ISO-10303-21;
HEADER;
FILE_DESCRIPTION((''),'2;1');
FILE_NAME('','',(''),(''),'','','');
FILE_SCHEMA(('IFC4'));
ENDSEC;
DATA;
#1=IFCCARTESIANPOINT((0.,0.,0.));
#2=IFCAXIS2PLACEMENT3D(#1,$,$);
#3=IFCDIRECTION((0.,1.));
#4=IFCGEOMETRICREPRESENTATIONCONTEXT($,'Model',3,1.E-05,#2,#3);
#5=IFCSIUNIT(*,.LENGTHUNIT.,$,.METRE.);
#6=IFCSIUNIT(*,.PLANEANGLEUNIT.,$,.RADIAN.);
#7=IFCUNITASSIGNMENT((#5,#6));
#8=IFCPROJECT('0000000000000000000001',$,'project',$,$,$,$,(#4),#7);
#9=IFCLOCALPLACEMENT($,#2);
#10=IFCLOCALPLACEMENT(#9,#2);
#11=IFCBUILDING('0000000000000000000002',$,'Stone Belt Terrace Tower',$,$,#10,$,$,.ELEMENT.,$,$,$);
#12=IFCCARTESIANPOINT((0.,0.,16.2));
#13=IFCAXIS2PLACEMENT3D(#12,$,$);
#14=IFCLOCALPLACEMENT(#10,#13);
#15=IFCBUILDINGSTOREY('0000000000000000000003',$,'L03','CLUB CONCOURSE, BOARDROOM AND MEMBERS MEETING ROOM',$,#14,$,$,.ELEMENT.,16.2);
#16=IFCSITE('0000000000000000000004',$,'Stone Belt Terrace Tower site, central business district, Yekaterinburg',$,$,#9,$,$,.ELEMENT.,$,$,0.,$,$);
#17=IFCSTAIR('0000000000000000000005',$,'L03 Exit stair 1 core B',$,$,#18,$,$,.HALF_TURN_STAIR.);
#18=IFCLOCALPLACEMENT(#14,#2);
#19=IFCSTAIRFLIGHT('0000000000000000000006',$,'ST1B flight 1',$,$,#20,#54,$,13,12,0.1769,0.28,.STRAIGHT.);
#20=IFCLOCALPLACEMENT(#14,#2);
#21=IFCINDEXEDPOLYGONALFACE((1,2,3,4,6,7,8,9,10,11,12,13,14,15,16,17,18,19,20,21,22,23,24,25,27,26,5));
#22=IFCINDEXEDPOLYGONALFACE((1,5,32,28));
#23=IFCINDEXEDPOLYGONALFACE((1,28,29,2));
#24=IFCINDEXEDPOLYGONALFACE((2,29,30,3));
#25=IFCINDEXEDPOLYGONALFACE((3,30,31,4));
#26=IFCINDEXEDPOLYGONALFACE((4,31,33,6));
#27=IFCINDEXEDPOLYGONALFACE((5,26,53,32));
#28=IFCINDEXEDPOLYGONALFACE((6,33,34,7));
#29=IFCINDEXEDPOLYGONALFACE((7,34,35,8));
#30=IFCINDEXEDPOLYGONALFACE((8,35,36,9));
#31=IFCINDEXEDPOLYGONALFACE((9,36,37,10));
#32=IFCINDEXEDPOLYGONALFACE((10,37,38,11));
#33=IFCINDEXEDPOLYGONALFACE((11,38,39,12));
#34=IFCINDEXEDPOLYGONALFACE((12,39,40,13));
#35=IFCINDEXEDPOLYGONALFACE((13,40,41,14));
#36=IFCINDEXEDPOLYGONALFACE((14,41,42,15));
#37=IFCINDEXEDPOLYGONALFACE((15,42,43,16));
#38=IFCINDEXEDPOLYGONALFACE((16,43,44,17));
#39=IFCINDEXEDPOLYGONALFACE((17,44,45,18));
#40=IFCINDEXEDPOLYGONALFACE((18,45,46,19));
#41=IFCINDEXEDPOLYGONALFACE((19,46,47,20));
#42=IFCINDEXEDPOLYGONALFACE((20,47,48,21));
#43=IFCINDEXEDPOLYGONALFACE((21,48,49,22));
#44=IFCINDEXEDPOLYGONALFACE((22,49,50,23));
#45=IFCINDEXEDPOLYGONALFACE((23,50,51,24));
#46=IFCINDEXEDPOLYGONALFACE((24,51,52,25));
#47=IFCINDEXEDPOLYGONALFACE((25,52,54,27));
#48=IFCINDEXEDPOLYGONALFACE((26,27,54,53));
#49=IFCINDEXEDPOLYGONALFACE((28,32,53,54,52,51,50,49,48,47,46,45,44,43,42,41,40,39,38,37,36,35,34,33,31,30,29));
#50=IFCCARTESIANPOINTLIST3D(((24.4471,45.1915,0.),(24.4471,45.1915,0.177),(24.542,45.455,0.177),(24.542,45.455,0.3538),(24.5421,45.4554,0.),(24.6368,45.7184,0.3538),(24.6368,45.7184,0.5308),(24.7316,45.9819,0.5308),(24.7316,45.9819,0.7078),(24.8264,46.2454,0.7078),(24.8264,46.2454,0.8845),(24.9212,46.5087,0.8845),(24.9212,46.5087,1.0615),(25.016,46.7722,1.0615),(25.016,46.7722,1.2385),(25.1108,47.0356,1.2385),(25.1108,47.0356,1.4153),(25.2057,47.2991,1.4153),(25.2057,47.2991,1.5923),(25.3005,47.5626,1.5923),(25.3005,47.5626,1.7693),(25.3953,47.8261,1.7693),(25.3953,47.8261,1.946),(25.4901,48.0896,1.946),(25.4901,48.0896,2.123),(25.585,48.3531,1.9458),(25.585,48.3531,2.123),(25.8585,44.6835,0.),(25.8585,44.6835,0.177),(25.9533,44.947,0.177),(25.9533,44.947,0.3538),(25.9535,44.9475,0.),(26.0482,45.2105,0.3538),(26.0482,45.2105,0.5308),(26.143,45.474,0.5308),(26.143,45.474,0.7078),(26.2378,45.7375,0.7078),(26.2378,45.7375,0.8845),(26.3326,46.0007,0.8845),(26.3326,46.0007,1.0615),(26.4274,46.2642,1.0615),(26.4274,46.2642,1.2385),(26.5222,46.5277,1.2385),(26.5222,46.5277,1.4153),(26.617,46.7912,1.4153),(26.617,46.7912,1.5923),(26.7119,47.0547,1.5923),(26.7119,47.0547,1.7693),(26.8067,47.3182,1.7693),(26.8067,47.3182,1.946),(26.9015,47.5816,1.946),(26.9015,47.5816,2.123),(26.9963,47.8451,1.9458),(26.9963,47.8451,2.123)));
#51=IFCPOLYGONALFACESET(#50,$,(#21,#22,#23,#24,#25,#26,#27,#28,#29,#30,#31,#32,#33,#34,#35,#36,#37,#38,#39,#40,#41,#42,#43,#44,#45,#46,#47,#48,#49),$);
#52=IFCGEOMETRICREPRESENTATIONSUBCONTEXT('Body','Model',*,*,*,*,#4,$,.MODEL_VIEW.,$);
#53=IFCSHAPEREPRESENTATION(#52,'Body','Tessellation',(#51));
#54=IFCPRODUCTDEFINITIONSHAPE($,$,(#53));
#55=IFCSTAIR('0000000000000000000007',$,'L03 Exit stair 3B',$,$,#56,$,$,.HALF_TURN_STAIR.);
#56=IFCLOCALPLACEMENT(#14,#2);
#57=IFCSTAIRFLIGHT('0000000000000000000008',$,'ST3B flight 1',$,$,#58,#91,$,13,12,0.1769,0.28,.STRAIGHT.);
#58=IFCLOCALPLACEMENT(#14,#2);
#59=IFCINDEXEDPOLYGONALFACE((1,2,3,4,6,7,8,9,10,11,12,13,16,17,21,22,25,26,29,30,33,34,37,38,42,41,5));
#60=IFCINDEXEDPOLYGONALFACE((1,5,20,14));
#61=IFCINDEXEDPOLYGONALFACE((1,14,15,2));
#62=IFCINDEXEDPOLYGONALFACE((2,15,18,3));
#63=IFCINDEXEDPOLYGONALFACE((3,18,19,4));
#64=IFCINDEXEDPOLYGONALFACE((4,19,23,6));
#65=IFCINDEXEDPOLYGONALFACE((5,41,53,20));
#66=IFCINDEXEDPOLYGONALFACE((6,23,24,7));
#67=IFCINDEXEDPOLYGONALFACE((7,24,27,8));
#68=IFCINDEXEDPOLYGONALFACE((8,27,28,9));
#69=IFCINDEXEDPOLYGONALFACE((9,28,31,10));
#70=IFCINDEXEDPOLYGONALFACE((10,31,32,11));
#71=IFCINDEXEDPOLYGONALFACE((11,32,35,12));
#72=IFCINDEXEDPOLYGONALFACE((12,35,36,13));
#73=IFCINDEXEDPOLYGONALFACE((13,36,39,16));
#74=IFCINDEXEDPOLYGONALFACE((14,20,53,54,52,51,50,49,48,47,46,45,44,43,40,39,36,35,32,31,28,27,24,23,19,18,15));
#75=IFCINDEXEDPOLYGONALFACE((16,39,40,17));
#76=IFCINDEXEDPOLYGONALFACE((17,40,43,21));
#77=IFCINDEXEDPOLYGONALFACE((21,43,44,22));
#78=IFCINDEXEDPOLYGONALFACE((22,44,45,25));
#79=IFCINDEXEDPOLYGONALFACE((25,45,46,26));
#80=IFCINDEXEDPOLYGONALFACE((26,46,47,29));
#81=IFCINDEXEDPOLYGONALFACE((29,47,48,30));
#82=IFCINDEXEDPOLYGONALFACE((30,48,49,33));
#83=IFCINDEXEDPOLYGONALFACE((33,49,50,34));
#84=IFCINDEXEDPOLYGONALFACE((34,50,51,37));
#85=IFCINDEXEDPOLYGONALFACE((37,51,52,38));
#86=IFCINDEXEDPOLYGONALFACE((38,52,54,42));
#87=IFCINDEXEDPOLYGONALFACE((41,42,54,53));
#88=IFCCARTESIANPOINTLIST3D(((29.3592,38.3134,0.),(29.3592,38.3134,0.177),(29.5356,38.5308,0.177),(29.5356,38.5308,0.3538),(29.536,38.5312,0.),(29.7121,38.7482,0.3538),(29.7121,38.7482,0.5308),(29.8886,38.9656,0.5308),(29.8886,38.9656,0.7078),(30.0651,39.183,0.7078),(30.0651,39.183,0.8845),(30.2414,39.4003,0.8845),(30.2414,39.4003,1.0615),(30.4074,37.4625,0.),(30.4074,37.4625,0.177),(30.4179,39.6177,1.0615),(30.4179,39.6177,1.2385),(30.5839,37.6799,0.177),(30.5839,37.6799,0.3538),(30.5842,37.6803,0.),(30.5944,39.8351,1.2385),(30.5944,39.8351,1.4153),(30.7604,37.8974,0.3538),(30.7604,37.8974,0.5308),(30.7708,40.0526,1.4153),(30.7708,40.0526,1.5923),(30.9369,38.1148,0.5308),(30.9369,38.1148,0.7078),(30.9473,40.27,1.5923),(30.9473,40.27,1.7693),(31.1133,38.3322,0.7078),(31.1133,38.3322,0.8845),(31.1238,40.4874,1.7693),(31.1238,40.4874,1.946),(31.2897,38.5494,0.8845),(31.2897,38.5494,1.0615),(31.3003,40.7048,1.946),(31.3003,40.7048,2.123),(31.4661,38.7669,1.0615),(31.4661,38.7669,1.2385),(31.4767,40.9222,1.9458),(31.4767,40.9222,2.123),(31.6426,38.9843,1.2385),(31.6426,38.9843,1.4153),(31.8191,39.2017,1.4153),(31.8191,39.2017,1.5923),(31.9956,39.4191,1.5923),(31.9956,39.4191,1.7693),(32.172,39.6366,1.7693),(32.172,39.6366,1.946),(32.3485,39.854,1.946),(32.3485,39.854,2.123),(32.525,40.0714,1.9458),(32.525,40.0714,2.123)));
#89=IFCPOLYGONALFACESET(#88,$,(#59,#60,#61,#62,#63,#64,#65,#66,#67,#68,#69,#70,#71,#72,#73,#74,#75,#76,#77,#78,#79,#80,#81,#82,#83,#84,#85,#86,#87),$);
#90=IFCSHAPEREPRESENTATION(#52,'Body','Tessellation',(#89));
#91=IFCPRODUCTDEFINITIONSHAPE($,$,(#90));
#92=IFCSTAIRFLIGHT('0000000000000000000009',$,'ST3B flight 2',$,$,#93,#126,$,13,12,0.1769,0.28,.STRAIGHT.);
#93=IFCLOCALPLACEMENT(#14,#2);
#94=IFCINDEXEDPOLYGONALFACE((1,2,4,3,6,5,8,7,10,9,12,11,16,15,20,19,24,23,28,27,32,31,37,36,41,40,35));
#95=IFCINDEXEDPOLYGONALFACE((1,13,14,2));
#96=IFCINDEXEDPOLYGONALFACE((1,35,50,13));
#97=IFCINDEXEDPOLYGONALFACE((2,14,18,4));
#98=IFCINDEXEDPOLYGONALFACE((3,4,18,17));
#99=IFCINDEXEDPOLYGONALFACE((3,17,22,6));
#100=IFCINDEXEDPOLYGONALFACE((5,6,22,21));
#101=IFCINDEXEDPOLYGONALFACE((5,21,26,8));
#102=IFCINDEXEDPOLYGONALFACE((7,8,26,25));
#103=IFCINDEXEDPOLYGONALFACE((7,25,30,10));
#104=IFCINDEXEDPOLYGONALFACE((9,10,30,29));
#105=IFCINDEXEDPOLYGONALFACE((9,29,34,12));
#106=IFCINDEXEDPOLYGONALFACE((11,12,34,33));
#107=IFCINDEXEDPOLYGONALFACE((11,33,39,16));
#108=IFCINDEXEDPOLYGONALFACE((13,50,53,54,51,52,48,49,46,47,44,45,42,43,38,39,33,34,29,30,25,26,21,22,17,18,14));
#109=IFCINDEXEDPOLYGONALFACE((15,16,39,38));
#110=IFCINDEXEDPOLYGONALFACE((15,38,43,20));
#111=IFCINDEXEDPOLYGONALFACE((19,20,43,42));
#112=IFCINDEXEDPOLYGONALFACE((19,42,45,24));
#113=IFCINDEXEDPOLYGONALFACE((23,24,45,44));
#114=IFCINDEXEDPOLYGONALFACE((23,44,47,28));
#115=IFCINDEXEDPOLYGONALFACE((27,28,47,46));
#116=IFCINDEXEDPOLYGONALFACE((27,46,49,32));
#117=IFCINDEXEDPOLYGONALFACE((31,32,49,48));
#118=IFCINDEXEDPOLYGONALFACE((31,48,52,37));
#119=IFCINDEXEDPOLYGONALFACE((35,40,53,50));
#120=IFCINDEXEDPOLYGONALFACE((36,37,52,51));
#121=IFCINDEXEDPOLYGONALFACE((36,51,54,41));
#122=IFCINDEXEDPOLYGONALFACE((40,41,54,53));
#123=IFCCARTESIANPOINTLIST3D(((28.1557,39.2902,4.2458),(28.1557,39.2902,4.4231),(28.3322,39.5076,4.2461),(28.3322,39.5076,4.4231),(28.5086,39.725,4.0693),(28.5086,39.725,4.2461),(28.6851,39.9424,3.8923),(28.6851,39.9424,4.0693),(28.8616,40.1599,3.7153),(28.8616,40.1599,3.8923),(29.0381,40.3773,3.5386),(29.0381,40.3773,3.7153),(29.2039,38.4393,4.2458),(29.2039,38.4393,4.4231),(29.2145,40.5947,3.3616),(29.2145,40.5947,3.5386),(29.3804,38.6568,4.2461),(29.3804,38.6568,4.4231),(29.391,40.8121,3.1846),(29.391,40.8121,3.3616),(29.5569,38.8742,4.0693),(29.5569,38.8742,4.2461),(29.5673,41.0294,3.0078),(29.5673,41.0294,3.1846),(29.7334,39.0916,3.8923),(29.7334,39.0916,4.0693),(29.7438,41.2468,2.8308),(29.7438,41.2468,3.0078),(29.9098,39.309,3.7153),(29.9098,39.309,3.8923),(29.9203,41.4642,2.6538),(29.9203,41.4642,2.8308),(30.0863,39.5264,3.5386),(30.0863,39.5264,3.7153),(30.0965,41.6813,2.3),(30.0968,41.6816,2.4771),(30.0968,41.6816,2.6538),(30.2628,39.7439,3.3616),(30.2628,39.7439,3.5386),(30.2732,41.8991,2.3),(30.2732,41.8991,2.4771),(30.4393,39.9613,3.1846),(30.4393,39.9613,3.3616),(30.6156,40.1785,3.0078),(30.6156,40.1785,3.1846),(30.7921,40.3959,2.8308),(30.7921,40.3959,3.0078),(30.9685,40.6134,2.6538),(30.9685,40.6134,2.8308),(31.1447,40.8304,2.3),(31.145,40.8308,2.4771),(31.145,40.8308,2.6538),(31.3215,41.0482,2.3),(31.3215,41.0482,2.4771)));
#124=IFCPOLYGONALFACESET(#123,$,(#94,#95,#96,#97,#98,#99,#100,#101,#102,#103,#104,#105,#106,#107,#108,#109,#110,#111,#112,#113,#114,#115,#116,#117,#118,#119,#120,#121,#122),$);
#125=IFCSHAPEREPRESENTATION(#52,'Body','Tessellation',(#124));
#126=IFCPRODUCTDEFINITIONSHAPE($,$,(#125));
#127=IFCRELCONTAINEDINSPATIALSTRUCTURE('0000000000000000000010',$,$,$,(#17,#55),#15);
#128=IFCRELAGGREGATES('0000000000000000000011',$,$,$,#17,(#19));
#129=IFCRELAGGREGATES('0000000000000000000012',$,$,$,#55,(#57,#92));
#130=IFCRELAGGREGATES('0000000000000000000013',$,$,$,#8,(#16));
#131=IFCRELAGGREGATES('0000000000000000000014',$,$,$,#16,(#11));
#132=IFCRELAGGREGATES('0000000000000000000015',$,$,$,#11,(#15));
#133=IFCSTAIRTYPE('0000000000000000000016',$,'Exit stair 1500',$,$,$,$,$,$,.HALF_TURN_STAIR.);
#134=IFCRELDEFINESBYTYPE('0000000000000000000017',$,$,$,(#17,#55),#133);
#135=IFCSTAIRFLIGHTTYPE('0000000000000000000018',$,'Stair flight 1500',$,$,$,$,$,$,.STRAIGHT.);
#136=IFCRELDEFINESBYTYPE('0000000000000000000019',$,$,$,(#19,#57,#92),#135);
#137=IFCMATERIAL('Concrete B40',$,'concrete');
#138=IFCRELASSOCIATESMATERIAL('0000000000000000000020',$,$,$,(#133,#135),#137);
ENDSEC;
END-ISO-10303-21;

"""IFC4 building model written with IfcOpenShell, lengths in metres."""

from ifc_helpers import new_model, si_unit, direction, frame, origin, place, context, subcontext, project, spatial, polyline, outline, extrude, material, type_object, element, aggregate, save


model = new_model("IFC4")

# Units and contexts
model_context = context("Model", 3, precision=1e-05, world=origin(), true_north=direction((0.0, 1.0)))
body_context = subcontext(model_context, "Body", "Model", "MODEL_VIEW")
ifc_project = project(units=[si_unit("LENGTHUNIT", "METRE"), si_unit("PLANEANGLEUNIT", "RADIAN")], contexts=[model_context])

# Site, building, storey
site_placement = place(None, origin())
site = spatial("IfcSite", under=ifc_project, at=site_placement, Name="Stone Belt Terrace Tower site, central business district, Yekaterinburg", CompositionType="ELEMENT", RefElevation=0.0)
building_placement = place(site_placement, origin())
building = spatial("IfcBuilding", under=site, at=building_placement, Name="Stone Belt Terrace Tower", CompositionType="ELEMENT")
storey_placement = place(building_placement, frame((0.0, 0.0, 16.2)))
storey = spatial("IfcBuildingStorey", under=building, at=storey_placement, Name="L03", Description="CLUB CONCOURSE, BOARDROOM AND MEMBERS MEETING ROOM", CompositionType="ELEMENT", Elevation=16.2)

# Stair, stair flight
ifc_material_1 = material(Name="Concrete B40", Category="concrete")
stair_type = type_object("IfcStairType", Name="Exit stair 1500", PredefinedType="HALF_TURN_STAIR", material=ifc_material_1)
stair_1_placement = place(storey_placement, origin())
stair_1 = element("IfcStair", 1, at=stair_1_placement, inside=storey, type_object=stair_type, Name="L03 Exit stair 1 core B", PredefinedType="HALF_TURN_STAIR")
stair_flight_type = type_object("IfcStairFlightType", Name="Stair flight 1500", PredefinedType="STRAIGHT", material=ifc_material_1)
stair_flight_1_placement = place(storey_placement, frame((25.1528, 44.9375, 0.0), z_axis=(0.0, 0.0, 1.0), x_axis=(0.338624, 0.940922, 0.0)))
stair_flight_1 = element("IfcStairFlight", 2, at=stair_flight_1_placement, type_object=stair_flight_type, Name="ST1B flight 1", NumberOfRisers=13, NumberOfTreads=12, PredefinedType="STRAIGHT", RiserHeight=0.1769, TreadLength=0.28, context=body_context, shape_type="SweptSolid", body=[
    extrude(outline(polyline([(0.0, 0.0), (0.0, 0.177), (0.28, 0.177), (0.28, 0.3538), (0.5601, 0.3538), (0.5601, 0.5308), (0.8401, 0.5308), (0.8401, 0.7078), (1.1201, 0.7078), (1.1201, 0.8845), (1.3999, 0.8845), (1.3999, 1.0615), (1.6799, 1.0615), (1.6799, 1.2385), (1.96, 1.2385), (1.96, 1.4153), (2.24, 1.4153), (2.24, 1.5923), (2.52, 1.5923), (2.52, 1.7693), (2.8, 1.7693), (2.8, 1.946), (3.0801, 1.946), (3.0801, 2.123), (3.3601, 2.123), (3.3601, 2.3), (3.3601, 1.9458), (0.2805, 0.0), (0.0, 0.0)])), frame((0.0, 0.75, 0.0), z_axis=(0.0, -1.0, 0.0), x_axis=(1.0, 0.0, 0.0)), (0.0, 0.0, 1.0), 1.5),
])
aggregate(stair_1, [stair_flight_1])

# Stair, stair flights
stair_2_placement = place(storey_placement, origin())
stair_2 = element("IfcStair", 3, at=stair_2_placement, inside=storey, type_object=stair_type, Name="L03 Exit stair 3B", PredefinedType="HALF_TURN_STAIR")
stair_flight_2_placement = place(storey_placement, frame((29.8833, 37.8879, 0.0), z_axis=(0.0, 0.0, 1.0), x_axis=(0.630206, 0.776428, 0.0)))
stair_flight_2 = element("IfcStairFlight", 4, at=stair_flight_2_placement, type_object=stair_flight_type, Name="ST3B flight 1", NumberOfRisers=13, NumberOfTreads=12, PredefinedType="STRAIGHT", RiserHeight=0.1769, TreadLength=0.28, context=body_context, shape_type="SweptSolid", body=[
    extrude(outline(polyline([(0.0, 0.0), (0.0, 0.177), (0.28, 0.177), (0.28, 0.3538), (0.5601, 0.3538), (0.5601, 0.5308), (0.8401, 0.5308), (0.8401, 0.7078), (1.1201, 0.7078), (1.1201, 0.8845), (1.3999, 0.8845), (1.3999, 1.0615), (1.6799, 1.0615), (1.6799, 1.2385), (1.96, 1.2385), (1.96, 1.4153), (2.24, 1.4153), (2.24, 1.5923), (2.52, 1.5923), (2.52, 1.7693), (2.8, 1.7693), (2.8, 1.946), (3.0801, 1.946), (3.0801, 2.123), (3.3601, 2.123), (3.3601, 2.3), (3.3601, 1.9458), (0.2805, 0.0), (0.0, 0.0)])), frame((0.0, 0.675, 0.0), z_axis=(0.0, -1.0, 0.0), x_axis=(1.0, 0.0, 0.0)), (0.0, 0.0, 1.0), 1.3501),
])
stair_flight_3_placement = place(storey_placement, frame((30.7974, 41.4736, 2.3), z_axis=(0.0, 0.0, 1.0), x_axis=(-0.630206, -0.776428, 0.0)))
stair_flight_3 = element("IfcStairFlight", 5, at=stair_flight_3_placement, type_object=stair_flight_type, Name="ST3B flight 2", NumberOfRisers=13, NumberOfTreads=12, PredefinedType="STRAIGHT", RiserHeight=0.1769, TreadLength=0.28, context=body_context, shape_type="SweptSolid", body=[
    extrude(outline(polyline([(0.0, 0.0), (0.0, 0.177), (0.28, 0.177), (0.28, 0.3538), (0.5601, 0.3538), (0.5601, 0.5308), (0.8401, 0.5308), (0.8401, 0.7078), (1.1201, 0.7078), (1.1201, 0.8845), (1.3999, 0.8845), (1.3999, 1.0615), (1.6799, 1.0615), (1.6799, 1.2385), (1.96, 1.2385), (1.96, 1.4153), (2.24, 1.4153), (2.24, 1.5923), (2.52, 1.5923), (2.52, 1.7693), (2.8, 1.7693), (2.8, 1.946), (3.0801, 1.946), (3.0801, 2.123), (3.3601, 2.123), (3.3601, 2.3), (3.3601, 1.9458), (0.2805, 0.0), (0.0, 0.0)])), frame((0.0, 0.675, 0.0), z_axis=(0.0, -1.0, 0.0), x_axis=(1.0, 0.0, 0.0)), (0.0, 0.0, 1.0), 1.3501),
])
aggregate(stair_2, [stair_flight_2, stair_flight_3])

save(model, "model.ifc")
